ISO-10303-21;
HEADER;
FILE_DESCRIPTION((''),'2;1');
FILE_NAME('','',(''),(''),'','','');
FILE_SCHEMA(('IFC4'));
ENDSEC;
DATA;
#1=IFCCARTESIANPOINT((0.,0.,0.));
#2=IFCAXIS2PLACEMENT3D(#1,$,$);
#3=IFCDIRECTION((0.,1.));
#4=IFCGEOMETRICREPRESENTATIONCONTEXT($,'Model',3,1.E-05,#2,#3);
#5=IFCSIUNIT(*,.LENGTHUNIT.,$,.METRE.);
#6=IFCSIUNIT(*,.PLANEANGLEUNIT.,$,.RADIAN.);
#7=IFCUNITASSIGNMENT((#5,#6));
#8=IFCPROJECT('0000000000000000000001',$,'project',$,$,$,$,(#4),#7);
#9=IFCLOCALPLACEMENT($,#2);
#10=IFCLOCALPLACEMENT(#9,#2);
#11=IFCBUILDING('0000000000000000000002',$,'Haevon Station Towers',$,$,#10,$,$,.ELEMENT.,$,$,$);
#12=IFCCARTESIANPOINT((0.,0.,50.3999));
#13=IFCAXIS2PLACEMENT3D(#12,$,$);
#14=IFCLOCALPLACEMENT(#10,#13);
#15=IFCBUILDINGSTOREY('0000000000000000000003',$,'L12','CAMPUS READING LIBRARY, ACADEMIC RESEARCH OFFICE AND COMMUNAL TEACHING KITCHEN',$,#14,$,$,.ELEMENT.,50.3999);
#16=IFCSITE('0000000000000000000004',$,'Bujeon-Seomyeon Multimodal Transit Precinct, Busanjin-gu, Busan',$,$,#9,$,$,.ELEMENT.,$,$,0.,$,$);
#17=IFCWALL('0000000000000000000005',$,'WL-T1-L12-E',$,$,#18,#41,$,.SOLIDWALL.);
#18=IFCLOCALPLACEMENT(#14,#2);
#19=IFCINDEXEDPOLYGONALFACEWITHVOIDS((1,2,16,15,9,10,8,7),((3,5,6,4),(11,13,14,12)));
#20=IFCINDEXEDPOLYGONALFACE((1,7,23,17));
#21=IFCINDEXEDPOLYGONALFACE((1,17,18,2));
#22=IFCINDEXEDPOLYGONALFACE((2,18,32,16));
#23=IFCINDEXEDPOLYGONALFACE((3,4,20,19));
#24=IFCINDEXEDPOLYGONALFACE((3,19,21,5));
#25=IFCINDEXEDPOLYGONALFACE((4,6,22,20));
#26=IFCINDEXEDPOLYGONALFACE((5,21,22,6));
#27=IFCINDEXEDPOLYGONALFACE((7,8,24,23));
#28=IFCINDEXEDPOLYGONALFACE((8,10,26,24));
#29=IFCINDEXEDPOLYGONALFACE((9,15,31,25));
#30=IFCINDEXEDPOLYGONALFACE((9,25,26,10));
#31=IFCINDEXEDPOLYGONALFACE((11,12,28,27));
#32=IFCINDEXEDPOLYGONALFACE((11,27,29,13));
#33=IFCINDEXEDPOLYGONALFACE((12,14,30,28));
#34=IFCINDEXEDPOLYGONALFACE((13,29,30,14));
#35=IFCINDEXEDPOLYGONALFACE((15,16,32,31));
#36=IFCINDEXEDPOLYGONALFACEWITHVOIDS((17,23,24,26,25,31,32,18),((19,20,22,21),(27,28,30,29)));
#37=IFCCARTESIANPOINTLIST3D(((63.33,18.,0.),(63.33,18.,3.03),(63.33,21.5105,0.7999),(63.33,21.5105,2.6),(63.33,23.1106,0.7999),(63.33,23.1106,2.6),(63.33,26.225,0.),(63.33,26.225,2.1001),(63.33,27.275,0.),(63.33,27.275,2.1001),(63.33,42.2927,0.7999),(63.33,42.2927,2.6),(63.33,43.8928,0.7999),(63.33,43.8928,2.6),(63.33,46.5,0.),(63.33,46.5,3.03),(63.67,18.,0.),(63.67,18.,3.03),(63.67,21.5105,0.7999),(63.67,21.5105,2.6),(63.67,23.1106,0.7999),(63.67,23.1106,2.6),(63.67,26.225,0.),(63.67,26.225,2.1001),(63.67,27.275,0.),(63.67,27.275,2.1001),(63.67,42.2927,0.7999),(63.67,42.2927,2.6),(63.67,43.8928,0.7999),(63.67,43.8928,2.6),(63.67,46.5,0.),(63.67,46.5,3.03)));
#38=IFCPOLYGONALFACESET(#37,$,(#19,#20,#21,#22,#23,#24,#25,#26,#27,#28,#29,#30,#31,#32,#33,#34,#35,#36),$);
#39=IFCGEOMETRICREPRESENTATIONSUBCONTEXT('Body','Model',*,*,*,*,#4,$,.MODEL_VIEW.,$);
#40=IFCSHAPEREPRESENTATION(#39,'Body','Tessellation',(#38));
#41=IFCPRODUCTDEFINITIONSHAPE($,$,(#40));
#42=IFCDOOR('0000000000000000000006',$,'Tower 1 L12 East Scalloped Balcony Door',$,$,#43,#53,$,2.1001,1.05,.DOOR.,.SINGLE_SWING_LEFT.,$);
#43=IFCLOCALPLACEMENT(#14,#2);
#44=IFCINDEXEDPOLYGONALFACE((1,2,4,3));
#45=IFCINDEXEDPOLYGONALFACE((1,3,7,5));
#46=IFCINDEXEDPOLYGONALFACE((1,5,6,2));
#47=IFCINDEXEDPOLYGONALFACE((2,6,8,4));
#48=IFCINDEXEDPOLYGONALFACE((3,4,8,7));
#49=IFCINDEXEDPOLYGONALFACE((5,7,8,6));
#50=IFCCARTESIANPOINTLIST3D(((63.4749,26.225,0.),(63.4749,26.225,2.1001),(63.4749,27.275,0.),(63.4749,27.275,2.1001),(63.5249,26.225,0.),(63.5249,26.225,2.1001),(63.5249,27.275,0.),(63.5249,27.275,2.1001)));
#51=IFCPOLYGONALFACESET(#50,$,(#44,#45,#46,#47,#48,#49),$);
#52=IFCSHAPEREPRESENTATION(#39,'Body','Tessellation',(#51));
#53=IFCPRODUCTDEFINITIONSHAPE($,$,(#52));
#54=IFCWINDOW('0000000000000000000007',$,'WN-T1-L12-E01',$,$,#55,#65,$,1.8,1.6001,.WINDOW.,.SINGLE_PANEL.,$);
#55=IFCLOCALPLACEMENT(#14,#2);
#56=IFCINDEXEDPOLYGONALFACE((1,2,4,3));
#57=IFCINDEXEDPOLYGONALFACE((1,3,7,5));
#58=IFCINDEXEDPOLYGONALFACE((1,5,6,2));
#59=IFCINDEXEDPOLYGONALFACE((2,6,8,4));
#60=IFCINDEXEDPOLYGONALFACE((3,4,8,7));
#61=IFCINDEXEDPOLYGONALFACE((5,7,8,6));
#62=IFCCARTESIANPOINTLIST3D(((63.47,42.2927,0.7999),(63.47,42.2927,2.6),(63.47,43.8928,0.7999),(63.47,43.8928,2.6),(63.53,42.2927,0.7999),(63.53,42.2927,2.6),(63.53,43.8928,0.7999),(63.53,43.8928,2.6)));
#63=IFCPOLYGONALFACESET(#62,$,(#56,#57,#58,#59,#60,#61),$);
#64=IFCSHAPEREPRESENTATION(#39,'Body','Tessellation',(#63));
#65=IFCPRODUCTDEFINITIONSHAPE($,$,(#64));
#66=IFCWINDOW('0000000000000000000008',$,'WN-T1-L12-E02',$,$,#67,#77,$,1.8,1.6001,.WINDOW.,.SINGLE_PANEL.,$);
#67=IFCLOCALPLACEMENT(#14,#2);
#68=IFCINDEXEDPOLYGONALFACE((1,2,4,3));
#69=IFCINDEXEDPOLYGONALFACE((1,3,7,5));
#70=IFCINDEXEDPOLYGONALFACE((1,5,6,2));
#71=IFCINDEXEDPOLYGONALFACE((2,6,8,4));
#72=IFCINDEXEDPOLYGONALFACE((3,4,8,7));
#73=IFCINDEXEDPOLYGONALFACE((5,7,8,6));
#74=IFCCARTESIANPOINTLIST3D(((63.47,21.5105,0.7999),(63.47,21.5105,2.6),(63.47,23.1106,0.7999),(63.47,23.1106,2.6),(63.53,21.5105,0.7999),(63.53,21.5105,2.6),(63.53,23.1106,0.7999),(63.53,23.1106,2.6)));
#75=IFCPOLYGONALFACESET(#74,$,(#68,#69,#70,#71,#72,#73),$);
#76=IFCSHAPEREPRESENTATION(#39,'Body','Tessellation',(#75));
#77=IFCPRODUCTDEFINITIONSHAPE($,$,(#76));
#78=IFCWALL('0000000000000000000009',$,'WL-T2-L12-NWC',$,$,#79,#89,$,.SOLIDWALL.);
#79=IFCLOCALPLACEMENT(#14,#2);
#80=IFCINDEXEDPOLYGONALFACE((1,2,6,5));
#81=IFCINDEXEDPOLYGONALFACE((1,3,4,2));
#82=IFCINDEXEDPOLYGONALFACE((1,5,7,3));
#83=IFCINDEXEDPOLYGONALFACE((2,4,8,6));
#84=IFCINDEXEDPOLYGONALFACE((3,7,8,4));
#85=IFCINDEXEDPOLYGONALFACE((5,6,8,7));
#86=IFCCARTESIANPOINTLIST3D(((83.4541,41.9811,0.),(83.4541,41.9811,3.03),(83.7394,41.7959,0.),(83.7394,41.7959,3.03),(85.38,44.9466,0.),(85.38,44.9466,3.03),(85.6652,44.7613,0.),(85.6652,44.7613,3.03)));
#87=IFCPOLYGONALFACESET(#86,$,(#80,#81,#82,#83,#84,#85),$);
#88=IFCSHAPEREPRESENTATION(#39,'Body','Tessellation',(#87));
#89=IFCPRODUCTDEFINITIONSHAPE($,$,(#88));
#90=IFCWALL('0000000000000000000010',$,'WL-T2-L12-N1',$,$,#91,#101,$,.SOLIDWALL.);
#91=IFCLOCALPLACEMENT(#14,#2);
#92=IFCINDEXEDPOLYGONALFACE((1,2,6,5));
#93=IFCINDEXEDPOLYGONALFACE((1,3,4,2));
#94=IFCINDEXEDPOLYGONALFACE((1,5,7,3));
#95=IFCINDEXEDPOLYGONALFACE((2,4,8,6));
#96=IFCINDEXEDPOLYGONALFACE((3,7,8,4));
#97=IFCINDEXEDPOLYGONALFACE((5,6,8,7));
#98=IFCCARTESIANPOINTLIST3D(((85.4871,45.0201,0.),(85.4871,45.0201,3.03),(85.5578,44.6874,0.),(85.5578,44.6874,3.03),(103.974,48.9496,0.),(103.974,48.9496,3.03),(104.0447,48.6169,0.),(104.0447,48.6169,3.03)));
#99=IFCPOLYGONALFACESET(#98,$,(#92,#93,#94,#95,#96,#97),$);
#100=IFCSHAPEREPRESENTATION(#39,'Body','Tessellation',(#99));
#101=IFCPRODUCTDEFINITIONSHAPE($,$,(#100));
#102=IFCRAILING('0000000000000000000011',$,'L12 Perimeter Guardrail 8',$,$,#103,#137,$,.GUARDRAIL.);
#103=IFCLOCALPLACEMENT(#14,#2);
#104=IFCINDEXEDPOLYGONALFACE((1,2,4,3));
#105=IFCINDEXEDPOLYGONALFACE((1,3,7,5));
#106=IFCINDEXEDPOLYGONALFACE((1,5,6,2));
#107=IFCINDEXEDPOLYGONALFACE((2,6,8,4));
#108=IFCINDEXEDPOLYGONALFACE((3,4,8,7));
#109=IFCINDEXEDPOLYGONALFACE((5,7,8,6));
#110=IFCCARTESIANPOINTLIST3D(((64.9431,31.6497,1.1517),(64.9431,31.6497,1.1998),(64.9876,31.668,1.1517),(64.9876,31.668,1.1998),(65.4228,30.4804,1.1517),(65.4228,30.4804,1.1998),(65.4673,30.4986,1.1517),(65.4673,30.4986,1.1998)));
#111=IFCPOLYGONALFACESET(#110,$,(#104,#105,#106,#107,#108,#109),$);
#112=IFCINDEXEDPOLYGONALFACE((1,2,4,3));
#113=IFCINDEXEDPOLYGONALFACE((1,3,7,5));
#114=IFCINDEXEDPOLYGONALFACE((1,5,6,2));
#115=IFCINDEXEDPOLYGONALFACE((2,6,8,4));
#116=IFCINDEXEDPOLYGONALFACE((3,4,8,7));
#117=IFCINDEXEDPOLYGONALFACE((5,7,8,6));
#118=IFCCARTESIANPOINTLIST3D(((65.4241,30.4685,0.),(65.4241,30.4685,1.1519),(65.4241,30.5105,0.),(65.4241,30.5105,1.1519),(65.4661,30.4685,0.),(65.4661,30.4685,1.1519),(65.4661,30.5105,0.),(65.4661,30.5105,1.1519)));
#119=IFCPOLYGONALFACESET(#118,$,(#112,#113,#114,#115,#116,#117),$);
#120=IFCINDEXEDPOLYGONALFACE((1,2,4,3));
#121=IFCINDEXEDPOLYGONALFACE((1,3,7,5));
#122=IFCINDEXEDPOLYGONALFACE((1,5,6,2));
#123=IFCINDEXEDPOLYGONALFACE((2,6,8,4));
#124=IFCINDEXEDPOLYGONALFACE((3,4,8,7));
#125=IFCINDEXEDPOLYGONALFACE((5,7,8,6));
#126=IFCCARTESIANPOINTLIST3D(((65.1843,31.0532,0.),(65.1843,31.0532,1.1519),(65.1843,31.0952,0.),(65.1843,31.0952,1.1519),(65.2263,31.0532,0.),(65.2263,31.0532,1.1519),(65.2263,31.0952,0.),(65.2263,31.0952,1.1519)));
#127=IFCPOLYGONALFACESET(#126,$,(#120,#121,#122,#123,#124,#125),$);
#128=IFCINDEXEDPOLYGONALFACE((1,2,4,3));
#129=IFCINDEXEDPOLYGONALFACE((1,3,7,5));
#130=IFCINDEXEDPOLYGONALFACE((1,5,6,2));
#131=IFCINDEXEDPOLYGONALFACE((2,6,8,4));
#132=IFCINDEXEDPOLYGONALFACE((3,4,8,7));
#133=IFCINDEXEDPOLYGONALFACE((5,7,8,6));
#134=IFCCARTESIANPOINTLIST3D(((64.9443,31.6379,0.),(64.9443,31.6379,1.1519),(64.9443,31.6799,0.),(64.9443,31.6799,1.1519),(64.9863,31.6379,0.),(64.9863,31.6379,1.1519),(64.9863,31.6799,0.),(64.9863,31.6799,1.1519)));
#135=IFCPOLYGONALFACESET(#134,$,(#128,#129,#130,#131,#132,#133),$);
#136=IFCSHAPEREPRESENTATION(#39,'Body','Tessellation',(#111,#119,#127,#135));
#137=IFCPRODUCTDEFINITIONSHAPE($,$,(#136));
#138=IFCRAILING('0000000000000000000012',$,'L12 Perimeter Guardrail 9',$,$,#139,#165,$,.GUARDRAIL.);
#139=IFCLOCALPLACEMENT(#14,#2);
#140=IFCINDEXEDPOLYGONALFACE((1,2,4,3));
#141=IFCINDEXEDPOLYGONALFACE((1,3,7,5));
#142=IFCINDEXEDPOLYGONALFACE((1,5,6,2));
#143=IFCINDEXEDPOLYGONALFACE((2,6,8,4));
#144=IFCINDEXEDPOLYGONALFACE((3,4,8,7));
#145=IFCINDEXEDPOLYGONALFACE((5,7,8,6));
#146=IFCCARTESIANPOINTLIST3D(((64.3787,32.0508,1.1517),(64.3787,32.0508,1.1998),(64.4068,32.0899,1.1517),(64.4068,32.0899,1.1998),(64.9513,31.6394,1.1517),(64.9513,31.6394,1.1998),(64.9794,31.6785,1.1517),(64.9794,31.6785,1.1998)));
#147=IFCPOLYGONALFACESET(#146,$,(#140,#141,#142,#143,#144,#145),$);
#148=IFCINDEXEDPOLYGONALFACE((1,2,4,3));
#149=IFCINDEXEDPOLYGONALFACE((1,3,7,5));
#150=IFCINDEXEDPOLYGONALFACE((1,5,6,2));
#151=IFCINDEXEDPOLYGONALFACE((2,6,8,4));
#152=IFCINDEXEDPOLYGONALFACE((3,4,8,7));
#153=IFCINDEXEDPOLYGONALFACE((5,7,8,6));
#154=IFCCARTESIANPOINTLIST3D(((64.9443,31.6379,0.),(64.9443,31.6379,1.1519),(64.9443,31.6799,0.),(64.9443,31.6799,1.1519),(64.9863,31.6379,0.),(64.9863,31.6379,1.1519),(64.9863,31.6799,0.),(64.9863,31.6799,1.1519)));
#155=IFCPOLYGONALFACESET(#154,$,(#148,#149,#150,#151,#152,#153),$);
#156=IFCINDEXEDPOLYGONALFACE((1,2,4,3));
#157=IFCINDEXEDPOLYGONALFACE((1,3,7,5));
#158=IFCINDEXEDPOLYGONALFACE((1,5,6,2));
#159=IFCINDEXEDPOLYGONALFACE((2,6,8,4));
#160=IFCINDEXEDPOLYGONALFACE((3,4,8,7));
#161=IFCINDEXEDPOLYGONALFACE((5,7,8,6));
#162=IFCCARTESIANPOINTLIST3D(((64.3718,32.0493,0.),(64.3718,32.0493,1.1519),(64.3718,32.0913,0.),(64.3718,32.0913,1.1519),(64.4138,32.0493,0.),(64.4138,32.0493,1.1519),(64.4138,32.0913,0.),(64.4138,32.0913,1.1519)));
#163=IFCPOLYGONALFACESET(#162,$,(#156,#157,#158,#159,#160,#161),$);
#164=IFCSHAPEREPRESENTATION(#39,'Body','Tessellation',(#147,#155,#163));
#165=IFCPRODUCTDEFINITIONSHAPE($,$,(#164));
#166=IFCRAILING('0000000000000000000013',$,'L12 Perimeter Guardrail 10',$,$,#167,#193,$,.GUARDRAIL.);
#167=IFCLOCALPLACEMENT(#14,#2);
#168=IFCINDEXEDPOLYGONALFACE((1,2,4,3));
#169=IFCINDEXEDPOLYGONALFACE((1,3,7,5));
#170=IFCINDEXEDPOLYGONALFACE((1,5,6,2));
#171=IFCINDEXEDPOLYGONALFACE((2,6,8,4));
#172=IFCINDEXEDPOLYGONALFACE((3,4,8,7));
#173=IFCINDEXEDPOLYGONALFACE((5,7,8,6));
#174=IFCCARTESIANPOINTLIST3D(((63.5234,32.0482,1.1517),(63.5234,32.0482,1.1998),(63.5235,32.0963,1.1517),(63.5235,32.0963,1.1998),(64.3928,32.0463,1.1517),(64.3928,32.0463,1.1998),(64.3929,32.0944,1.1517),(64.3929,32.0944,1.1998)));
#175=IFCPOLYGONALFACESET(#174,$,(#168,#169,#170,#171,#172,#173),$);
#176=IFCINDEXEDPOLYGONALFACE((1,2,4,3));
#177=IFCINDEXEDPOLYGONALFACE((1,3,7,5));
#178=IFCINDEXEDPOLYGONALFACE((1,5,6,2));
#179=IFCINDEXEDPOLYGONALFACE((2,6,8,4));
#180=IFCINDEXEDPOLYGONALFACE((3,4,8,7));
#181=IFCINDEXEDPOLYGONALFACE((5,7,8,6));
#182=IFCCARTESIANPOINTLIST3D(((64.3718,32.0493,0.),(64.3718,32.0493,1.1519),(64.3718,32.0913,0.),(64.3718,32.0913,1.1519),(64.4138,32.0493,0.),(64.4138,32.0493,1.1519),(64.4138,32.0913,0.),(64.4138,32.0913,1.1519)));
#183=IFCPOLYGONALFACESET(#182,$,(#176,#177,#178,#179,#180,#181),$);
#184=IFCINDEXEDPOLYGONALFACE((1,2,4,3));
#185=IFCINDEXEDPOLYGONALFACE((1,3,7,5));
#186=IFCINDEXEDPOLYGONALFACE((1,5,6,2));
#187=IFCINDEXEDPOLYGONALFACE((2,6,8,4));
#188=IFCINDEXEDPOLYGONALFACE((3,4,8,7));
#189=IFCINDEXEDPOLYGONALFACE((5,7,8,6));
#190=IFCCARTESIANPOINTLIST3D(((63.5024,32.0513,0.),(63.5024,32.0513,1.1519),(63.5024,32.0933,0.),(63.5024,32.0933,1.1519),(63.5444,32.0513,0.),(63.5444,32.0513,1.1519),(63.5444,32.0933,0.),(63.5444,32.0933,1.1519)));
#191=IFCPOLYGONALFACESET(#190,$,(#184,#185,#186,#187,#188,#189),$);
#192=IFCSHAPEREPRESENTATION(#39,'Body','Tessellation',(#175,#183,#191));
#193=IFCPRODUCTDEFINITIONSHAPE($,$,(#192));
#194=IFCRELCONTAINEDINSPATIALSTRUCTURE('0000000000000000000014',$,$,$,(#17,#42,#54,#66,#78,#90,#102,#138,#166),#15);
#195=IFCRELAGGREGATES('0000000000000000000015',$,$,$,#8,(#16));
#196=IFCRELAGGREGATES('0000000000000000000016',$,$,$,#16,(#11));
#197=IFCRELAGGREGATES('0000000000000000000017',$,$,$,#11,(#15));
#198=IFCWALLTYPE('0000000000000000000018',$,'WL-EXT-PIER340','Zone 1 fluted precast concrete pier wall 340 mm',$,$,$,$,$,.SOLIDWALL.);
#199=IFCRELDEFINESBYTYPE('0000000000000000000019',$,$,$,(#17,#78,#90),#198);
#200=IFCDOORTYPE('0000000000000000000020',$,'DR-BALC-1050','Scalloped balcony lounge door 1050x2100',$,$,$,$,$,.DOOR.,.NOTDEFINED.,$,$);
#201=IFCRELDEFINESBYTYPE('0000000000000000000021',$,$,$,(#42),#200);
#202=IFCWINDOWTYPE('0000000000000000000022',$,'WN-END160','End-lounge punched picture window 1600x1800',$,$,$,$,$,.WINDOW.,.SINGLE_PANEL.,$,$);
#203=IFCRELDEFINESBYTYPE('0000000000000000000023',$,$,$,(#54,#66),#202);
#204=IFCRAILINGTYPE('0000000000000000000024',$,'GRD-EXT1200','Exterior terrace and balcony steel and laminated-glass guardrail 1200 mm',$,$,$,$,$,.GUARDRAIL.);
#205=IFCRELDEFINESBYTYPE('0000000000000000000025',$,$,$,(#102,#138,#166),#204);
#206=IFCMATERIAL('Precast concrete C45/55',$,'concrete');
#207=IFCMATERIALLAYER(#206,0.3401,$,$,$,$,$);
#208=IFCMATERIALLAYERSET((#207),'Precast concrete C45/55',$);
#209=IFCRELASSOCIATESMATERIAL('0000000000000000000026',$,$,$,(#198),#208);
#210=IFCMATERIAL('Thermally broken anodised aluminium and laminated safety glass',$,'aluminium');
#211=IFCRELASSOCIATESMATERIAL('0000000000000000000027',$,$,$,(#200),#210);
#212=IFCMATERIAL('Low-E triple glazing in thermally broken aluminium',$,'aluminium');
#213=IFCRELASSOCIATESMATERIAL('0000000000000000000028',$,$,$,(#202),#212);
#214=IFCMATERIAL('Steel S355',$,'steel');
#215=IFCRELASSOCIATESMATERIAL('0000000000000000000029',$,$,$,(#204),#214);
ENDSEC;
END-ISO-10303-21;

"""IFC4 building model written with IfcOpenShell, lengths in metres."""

from ifc_helpers import new_model, si_unit, direction, frame, frame_2d, origin, origin_2d, place, context, subcontext, project, spatial, rectangle, extrude, material, layer, layer_set, type_object, element, fill, save


model = new_model("IFC4")

# Units and contexts
model_context = context("Model", 3, precision=1e-05, world=origin(), true_north=direction((0.0, 1.0)))
body_context = subcontext(model_context, "Body", "Model", "MODEL_VIEW")
ifc_project = project(units=[si_unit("LENGTHUNIT", "METRE"), si_unit("PLANEANGLEUNIT", "RADIAN")], contexts=[model_context])

# Site, building, storey
site_placement = place(None, origin())
site = spatial("IfcSite", under=ifc_project, at=site_placement, Name="Bujeon-Seomyeon Multimodal Transit Precinct, Busanjin-gu, Busan", CompositionType="ELEMENT", RefElevation=0.0)
building_placement = place(site_placement, origin())
building = spatial("IfcBuilding", under=site, at=building_placement, Name="Haevon Station Towers", CompositionType="ELEMENT")
storey_placement = place(building_placement, frame((0.0, 0.0, 50.3999)))
storey = spatial("IfcBuildingStorey", under=building, at=storey_placement, Name="L12", Description="CAMPUS READING LIBRARY, ACADEMIC RESEARCH OFFICE AND COMMUNAL TEACHING KITCHEN", CompositionType="ELEMENT", Elevation=50.3999)

# Shared definitions
ifc_material_1 = material(Name="Steel S355", Category="steel")

# Shared definitions
ifc_material_2 = material(Name="Precast concrete C45/55", Category="concrete")
ifc_layer_1 = layer(ifc_material_2, 0.3401)
ifc_layer_set_1 = layer_set([ifc_layer_1], Name="Precast concrete C45/55")
wall_type = type_object("IfcWallType", Name="WL-EXT-PIER340", Description="Zone 1 fluted precast concrete pier wall 340 mm", PredefinedType="SOLIDWALL", material=ifc_layer_set_1)

# Wall, openings, door, windows
wall_1_placement = place(storey_placement, frame((63.5, 46.5, 0.0), z_axis=(0.0, 0.0, 1.0), x_axis=(0.0, -1.0, 0.0)))
wall_1 = element("IfcWall", 1, at=wall_1_placement, inside=storey, type_object=wall_type, Name="WL-T1-L12-E", PredefinedType="SOLIDWALL", context=body_context, shape_type="SweptSolid", body=[
    extrude(rectangle(XDim=28.5, YDim=0.3401, at=frame_2d((14.25, 0.0))), origin(), (0.0, 0.0, 1.0), 3.03),
])
opening_1_placement = place(wall_1_placement, frame((19.2251, 0.0, 0.0)))
opening_1 = element("IfcOpeningElement", 2, at=opening_1_placement, cuts=wall_1, PredefinedType="OPENING", context=body_context, shape_type="SweptSolid", body=[
    extrude(rectangle(XDim=1.05, YDim=2.1001, at=frame_2d((0.5249, 1.05))), frame((0.0, 0.1799, 0.0), z_axis=(0.0, -1.0, 0.0), x_axis=(1.0, 0.0, 0.0)), (0.0, 0.0, 1.0), 0.3601),
])
opening_2_placement = place(wall_1_placement, frame((2.6072, 0.0, 0.8)))
opening_2 = element("IfcOpeningElement", 3, at=opening_2_placement, cuts=wall_1, PredefinedType="OPENING", context=body_context, shape_type="SweptSolid", body=[
    extrude(rectangle(XDim=1.6001, YDim=1.8, at=frame_2d((0.8, 0.8999))), frame((0.0, 0.1799, 0.0), z_axis=(0.0, -1.0, 0.0), x_axis=(1.0, 0.0, 0.0)), (0.0, 0.0, 1.0), 0.3601),
])
opening_3_placement = place(wall_1_placement, frame((23.3894, 0.0, 0.8)))
opening_3 = element("IfcOpeningElement", 4, at=opening_3_placement, cuts=wall_1, PredefinedType="OPENING", context=body_context, shape_type="SweptSolid", body=[
    extrude(rectangle(XDim=1.6001, YDim=1.8, at=frame_2d((0.8, 0.8999))), frame((0.0, 0.1799, 0.0), z_axis=(0.0, -1.0, 0.0), x_axis=(1.0, 0.0, 0.0)), (0.0, 0.0, 1.0), 0.3601),
])
ifc_material_3 = material(Name="Thermally broken anodised aluminium and laminated safety glass", Category="aluminium")
door_type = type_object("IfcDoorType", Name="DR-BALC-1050", Description="Scalloped balcony lounge door 1050x2100", OperationType="NOTDEFINED", PredefinedType="DOOR", material=ifc_material_3)
door_placement = place(opening_1_placement, origin())
door = element("IfcDoor", 5, at=door_placement, inside=storey, type_object=door_type, Name="Tower 1 L12 East Scalloped Balcony Door", OperationType="SINGLE_SWING_LEFT", OverallHeight=2.1001, OverallWidth=1.05, PredefinedType="DOOR", context=body_context, shape_type="SweptSolid", body=[
    extrude(rectangle(XDim=1.05, YDim=2.1001, at=frame_2d((0.5249, 1.05))), frame((0.0, 0.0249, 0.0), z_axis=(0.0, -1.0, 0.0), x_axis=(1.0, 0.0, 0.0)), (0.0, 0.0, 1.0), 0.05),
])
fill(opening_1, door)
ifc_material_4 = material(Name="Low-E triple glazing in thermally broken aluminium", Category="aluminium")
window_type = type_object("IfcWindowType", Name="WN-END160", Description="End-lounge punched picture window 1600x1800", PartitioningType="SINGLE_PANEL", PredefinedType="WINDOW", material=ifc_material_4)
window_1_placement = place(opening_2_placement, origin())
window_1 = element("IfcWindow", 6, at=window_1_placement, inside=storey, type_object=window_type, Name="WN-T1-L12-E01", OverallHeight=1.8, OverallWidth=1.6001, PartitioningType="SINGLE_PANEL", PredefinedType="WINDOW", context=body_context, shape_type="SweptSolid", body=[
    extrude(rectangle(XDim=1.6001, YDim=1.8, at=frame_2d((0.8, 0.8999))), frame((0.0, 0.03, 0.0), z_axis=(0.0, -1.0, 0.0), x_axis=(1.0, 0.0, 0.0)), (0.0, 0.0, 1.0), 0.0601),
])
fill(opening_2, window_1)
window_2_placement = place(opening_3_placement, origin())
window_2 = element("IfcWindow", 7, at=window_2_placement, inside=storey, type_object=window_type, Name="WN-T1-L12-E02", OverallHeight=1.8, OverallWidth=1.6001, PartitioningType="SINGLE_PANEL", PredefinedType="WINDOW", context=body_context, shape_type="SweptSolid", body=[
    extrude(rectangle(XDim=1.6001, YDim=1.8, at=frame_2d((0.8, 0.8999))), frame((0.0, 0.03, 0.0), z_axis=(0.0, -1.0, 0.0), x_axis=(1.0, 0.0, 0.0)), (0.0, 0.0, 1.0), 0.0601),
])
fill(opening_3, window_2)

# Walls
wall_2_placement = place(storey_placement, frame((83.5967, 41.8884, 0.0), z_axis=(0.0, 0.0, 1.0), x_axis=(0.544653, 0.838661, 0.0)))
element("IfcWall", 8, at=wall_2_placement, inside=storey, type_object=wall_type, Name="WL-T2-L12-NWC", PredefinedType="SOLIDWALL", context=body_context, shape_type="SweptSolid", body=[
    extrude(rectangle(XDim=3.5359, YDim=0.3401, at=frame_2d((1.7681, 0.0))), origin(), (0.0, 0.0, 1.0), 3.03),
])
wall_3_placement = place(storey_placement, frame((85.5225, 44.8538, 0.0), z_axis=(0.0, 0.0, 1.0), x_axis=(0.978148, 0.207909, 0.0)))
element("IfcWall", 9, at=wall_3_placement, inside=storey, type_object=wall_type, Name="WL-T2-L12-N1", PredefinedType="SOLIDWALL", context=body_context, shape_type="SweptSolid", body=[
    extrude(rectangle(XDim=18.8999, YDim=0.3401, at=frame_2d((9.45, 0.0))), origin(), (0.0, 0.0, 1.0), 3.03),
])

# Railings
railing_type = type_object("IfcRailingType", Name="GRD-EXT1200", Description="Exterior terrace and balcony steel and laminated-glass guardrail 1200 mm", PredefinedType="GUARDRAIL", material=ifc_material_1)
railing_1_placement = place(storey_placement, frame((65.4451, 30.4895, 0.0)))
element("IfcRailing", 10, at=railing_1_placement, inside=storey, type_object=railing_type, Name="L12 Perimeter Guardrail 8", PredefinedType="GUARDRAIL", context=body_context, shape_type="SweptSolid", body=[
    extrude(rectangle(XDim=0.0481, YDim=0.0481, at=origin_2d()), frame((0.0, 0.0, 1.1758), z_axis=(-0.379535, 0.925177, 0.0), x_axis=(-0.925177, -0.379535, 0.0)), (0.0, 0.0, 1.0), 1.2639),
    extrude(rectangle(XDim=0.042, YDim=0.042, at=origin_2d()), origin(), (0.0, 0.0, 1.0), 1.1519),
    extrude(rectangle(XDim=0.042, YDim=0.042, at=origin_2d()), frame((-0.2397, 0.5847, 0.0)), (0.0, 0.0, 1.0), 1.1519),
    extrude(rectangle(XDim=0.042, YDim=0.042, at=origin_2d()), frame((-0.4797, 1.1694, 0.0)), (0.0, 0.0, 1.0), 1.1519),
])
railing_2_placement = place(storey_placement, frame((64.9653, 31.6589, 0.0)))
element("IfcRailing", 11, at=railing_2_placement, inside=storey, type_object=railing_type, Name="L12 Perimeter Guardrail 9", PredefinedType="GUARDRAIL", context=body_context, shape_type="SweptSolid", body=[
    extrude(rectangle(XDim=0.0481, YDim=0.0481, at=origin_2d()), frame((0.0, 0.0, 1.1758), z_axis=(-0.812092, 0.583529, 0.0), x_axis=(-0.583529, -0.812092, 0.0)), (0.0, 0.0, 1.0), 0.7051),
    extrude(rectangle(XDim=0.042, YDim=0.042, at=origin_2d()), origin(), (0.0, 0.0, 1.0), 1.1519),
    extrude(rectangle(XDim=0.042, YDim=0.042, at=origin_2d()), frame((-0.5725, 0.4114, 0.0)), (0.0, 0.0, 1.0), 1.1519),
])
railing_3_placement = place(storey_placement, frame((64.3928, 32.0703, 0.0)))
element("IfcRailing", 12, at=railing_3_placement, inside=storey, type_object=railing_type, Name="L12 Perimeter Guardrail 10", PredefinedType="GUARDRAIL", context=body_context, shape_type="SweptSolid", body=[
    extrude(rectangle(XDim=0.0481, YDim=0.0481, at=origin_2d()), frame((0.0, 0.0, 1.1758), z_axis=(-0.999997, 0.002247, 0.0), x_axis=(-0.002247, -0.999997, 0.0)), (0.0, 0.0, 1.0), 0.8694),
    extrude(rectangle(XDim=0.042, YDim=0.042, at=origin_2d()), origin(), (0.0, 0.0, 1.0), 1.1519),
    extrude(rectangle(XDim=0.042, YDim=0.042, at=origin_2d()), frame((-0.8694, 0.002, 0.0)), (0.0, 0.0, 1.0), 1.1519),
])

save(model, "model.ifc")
